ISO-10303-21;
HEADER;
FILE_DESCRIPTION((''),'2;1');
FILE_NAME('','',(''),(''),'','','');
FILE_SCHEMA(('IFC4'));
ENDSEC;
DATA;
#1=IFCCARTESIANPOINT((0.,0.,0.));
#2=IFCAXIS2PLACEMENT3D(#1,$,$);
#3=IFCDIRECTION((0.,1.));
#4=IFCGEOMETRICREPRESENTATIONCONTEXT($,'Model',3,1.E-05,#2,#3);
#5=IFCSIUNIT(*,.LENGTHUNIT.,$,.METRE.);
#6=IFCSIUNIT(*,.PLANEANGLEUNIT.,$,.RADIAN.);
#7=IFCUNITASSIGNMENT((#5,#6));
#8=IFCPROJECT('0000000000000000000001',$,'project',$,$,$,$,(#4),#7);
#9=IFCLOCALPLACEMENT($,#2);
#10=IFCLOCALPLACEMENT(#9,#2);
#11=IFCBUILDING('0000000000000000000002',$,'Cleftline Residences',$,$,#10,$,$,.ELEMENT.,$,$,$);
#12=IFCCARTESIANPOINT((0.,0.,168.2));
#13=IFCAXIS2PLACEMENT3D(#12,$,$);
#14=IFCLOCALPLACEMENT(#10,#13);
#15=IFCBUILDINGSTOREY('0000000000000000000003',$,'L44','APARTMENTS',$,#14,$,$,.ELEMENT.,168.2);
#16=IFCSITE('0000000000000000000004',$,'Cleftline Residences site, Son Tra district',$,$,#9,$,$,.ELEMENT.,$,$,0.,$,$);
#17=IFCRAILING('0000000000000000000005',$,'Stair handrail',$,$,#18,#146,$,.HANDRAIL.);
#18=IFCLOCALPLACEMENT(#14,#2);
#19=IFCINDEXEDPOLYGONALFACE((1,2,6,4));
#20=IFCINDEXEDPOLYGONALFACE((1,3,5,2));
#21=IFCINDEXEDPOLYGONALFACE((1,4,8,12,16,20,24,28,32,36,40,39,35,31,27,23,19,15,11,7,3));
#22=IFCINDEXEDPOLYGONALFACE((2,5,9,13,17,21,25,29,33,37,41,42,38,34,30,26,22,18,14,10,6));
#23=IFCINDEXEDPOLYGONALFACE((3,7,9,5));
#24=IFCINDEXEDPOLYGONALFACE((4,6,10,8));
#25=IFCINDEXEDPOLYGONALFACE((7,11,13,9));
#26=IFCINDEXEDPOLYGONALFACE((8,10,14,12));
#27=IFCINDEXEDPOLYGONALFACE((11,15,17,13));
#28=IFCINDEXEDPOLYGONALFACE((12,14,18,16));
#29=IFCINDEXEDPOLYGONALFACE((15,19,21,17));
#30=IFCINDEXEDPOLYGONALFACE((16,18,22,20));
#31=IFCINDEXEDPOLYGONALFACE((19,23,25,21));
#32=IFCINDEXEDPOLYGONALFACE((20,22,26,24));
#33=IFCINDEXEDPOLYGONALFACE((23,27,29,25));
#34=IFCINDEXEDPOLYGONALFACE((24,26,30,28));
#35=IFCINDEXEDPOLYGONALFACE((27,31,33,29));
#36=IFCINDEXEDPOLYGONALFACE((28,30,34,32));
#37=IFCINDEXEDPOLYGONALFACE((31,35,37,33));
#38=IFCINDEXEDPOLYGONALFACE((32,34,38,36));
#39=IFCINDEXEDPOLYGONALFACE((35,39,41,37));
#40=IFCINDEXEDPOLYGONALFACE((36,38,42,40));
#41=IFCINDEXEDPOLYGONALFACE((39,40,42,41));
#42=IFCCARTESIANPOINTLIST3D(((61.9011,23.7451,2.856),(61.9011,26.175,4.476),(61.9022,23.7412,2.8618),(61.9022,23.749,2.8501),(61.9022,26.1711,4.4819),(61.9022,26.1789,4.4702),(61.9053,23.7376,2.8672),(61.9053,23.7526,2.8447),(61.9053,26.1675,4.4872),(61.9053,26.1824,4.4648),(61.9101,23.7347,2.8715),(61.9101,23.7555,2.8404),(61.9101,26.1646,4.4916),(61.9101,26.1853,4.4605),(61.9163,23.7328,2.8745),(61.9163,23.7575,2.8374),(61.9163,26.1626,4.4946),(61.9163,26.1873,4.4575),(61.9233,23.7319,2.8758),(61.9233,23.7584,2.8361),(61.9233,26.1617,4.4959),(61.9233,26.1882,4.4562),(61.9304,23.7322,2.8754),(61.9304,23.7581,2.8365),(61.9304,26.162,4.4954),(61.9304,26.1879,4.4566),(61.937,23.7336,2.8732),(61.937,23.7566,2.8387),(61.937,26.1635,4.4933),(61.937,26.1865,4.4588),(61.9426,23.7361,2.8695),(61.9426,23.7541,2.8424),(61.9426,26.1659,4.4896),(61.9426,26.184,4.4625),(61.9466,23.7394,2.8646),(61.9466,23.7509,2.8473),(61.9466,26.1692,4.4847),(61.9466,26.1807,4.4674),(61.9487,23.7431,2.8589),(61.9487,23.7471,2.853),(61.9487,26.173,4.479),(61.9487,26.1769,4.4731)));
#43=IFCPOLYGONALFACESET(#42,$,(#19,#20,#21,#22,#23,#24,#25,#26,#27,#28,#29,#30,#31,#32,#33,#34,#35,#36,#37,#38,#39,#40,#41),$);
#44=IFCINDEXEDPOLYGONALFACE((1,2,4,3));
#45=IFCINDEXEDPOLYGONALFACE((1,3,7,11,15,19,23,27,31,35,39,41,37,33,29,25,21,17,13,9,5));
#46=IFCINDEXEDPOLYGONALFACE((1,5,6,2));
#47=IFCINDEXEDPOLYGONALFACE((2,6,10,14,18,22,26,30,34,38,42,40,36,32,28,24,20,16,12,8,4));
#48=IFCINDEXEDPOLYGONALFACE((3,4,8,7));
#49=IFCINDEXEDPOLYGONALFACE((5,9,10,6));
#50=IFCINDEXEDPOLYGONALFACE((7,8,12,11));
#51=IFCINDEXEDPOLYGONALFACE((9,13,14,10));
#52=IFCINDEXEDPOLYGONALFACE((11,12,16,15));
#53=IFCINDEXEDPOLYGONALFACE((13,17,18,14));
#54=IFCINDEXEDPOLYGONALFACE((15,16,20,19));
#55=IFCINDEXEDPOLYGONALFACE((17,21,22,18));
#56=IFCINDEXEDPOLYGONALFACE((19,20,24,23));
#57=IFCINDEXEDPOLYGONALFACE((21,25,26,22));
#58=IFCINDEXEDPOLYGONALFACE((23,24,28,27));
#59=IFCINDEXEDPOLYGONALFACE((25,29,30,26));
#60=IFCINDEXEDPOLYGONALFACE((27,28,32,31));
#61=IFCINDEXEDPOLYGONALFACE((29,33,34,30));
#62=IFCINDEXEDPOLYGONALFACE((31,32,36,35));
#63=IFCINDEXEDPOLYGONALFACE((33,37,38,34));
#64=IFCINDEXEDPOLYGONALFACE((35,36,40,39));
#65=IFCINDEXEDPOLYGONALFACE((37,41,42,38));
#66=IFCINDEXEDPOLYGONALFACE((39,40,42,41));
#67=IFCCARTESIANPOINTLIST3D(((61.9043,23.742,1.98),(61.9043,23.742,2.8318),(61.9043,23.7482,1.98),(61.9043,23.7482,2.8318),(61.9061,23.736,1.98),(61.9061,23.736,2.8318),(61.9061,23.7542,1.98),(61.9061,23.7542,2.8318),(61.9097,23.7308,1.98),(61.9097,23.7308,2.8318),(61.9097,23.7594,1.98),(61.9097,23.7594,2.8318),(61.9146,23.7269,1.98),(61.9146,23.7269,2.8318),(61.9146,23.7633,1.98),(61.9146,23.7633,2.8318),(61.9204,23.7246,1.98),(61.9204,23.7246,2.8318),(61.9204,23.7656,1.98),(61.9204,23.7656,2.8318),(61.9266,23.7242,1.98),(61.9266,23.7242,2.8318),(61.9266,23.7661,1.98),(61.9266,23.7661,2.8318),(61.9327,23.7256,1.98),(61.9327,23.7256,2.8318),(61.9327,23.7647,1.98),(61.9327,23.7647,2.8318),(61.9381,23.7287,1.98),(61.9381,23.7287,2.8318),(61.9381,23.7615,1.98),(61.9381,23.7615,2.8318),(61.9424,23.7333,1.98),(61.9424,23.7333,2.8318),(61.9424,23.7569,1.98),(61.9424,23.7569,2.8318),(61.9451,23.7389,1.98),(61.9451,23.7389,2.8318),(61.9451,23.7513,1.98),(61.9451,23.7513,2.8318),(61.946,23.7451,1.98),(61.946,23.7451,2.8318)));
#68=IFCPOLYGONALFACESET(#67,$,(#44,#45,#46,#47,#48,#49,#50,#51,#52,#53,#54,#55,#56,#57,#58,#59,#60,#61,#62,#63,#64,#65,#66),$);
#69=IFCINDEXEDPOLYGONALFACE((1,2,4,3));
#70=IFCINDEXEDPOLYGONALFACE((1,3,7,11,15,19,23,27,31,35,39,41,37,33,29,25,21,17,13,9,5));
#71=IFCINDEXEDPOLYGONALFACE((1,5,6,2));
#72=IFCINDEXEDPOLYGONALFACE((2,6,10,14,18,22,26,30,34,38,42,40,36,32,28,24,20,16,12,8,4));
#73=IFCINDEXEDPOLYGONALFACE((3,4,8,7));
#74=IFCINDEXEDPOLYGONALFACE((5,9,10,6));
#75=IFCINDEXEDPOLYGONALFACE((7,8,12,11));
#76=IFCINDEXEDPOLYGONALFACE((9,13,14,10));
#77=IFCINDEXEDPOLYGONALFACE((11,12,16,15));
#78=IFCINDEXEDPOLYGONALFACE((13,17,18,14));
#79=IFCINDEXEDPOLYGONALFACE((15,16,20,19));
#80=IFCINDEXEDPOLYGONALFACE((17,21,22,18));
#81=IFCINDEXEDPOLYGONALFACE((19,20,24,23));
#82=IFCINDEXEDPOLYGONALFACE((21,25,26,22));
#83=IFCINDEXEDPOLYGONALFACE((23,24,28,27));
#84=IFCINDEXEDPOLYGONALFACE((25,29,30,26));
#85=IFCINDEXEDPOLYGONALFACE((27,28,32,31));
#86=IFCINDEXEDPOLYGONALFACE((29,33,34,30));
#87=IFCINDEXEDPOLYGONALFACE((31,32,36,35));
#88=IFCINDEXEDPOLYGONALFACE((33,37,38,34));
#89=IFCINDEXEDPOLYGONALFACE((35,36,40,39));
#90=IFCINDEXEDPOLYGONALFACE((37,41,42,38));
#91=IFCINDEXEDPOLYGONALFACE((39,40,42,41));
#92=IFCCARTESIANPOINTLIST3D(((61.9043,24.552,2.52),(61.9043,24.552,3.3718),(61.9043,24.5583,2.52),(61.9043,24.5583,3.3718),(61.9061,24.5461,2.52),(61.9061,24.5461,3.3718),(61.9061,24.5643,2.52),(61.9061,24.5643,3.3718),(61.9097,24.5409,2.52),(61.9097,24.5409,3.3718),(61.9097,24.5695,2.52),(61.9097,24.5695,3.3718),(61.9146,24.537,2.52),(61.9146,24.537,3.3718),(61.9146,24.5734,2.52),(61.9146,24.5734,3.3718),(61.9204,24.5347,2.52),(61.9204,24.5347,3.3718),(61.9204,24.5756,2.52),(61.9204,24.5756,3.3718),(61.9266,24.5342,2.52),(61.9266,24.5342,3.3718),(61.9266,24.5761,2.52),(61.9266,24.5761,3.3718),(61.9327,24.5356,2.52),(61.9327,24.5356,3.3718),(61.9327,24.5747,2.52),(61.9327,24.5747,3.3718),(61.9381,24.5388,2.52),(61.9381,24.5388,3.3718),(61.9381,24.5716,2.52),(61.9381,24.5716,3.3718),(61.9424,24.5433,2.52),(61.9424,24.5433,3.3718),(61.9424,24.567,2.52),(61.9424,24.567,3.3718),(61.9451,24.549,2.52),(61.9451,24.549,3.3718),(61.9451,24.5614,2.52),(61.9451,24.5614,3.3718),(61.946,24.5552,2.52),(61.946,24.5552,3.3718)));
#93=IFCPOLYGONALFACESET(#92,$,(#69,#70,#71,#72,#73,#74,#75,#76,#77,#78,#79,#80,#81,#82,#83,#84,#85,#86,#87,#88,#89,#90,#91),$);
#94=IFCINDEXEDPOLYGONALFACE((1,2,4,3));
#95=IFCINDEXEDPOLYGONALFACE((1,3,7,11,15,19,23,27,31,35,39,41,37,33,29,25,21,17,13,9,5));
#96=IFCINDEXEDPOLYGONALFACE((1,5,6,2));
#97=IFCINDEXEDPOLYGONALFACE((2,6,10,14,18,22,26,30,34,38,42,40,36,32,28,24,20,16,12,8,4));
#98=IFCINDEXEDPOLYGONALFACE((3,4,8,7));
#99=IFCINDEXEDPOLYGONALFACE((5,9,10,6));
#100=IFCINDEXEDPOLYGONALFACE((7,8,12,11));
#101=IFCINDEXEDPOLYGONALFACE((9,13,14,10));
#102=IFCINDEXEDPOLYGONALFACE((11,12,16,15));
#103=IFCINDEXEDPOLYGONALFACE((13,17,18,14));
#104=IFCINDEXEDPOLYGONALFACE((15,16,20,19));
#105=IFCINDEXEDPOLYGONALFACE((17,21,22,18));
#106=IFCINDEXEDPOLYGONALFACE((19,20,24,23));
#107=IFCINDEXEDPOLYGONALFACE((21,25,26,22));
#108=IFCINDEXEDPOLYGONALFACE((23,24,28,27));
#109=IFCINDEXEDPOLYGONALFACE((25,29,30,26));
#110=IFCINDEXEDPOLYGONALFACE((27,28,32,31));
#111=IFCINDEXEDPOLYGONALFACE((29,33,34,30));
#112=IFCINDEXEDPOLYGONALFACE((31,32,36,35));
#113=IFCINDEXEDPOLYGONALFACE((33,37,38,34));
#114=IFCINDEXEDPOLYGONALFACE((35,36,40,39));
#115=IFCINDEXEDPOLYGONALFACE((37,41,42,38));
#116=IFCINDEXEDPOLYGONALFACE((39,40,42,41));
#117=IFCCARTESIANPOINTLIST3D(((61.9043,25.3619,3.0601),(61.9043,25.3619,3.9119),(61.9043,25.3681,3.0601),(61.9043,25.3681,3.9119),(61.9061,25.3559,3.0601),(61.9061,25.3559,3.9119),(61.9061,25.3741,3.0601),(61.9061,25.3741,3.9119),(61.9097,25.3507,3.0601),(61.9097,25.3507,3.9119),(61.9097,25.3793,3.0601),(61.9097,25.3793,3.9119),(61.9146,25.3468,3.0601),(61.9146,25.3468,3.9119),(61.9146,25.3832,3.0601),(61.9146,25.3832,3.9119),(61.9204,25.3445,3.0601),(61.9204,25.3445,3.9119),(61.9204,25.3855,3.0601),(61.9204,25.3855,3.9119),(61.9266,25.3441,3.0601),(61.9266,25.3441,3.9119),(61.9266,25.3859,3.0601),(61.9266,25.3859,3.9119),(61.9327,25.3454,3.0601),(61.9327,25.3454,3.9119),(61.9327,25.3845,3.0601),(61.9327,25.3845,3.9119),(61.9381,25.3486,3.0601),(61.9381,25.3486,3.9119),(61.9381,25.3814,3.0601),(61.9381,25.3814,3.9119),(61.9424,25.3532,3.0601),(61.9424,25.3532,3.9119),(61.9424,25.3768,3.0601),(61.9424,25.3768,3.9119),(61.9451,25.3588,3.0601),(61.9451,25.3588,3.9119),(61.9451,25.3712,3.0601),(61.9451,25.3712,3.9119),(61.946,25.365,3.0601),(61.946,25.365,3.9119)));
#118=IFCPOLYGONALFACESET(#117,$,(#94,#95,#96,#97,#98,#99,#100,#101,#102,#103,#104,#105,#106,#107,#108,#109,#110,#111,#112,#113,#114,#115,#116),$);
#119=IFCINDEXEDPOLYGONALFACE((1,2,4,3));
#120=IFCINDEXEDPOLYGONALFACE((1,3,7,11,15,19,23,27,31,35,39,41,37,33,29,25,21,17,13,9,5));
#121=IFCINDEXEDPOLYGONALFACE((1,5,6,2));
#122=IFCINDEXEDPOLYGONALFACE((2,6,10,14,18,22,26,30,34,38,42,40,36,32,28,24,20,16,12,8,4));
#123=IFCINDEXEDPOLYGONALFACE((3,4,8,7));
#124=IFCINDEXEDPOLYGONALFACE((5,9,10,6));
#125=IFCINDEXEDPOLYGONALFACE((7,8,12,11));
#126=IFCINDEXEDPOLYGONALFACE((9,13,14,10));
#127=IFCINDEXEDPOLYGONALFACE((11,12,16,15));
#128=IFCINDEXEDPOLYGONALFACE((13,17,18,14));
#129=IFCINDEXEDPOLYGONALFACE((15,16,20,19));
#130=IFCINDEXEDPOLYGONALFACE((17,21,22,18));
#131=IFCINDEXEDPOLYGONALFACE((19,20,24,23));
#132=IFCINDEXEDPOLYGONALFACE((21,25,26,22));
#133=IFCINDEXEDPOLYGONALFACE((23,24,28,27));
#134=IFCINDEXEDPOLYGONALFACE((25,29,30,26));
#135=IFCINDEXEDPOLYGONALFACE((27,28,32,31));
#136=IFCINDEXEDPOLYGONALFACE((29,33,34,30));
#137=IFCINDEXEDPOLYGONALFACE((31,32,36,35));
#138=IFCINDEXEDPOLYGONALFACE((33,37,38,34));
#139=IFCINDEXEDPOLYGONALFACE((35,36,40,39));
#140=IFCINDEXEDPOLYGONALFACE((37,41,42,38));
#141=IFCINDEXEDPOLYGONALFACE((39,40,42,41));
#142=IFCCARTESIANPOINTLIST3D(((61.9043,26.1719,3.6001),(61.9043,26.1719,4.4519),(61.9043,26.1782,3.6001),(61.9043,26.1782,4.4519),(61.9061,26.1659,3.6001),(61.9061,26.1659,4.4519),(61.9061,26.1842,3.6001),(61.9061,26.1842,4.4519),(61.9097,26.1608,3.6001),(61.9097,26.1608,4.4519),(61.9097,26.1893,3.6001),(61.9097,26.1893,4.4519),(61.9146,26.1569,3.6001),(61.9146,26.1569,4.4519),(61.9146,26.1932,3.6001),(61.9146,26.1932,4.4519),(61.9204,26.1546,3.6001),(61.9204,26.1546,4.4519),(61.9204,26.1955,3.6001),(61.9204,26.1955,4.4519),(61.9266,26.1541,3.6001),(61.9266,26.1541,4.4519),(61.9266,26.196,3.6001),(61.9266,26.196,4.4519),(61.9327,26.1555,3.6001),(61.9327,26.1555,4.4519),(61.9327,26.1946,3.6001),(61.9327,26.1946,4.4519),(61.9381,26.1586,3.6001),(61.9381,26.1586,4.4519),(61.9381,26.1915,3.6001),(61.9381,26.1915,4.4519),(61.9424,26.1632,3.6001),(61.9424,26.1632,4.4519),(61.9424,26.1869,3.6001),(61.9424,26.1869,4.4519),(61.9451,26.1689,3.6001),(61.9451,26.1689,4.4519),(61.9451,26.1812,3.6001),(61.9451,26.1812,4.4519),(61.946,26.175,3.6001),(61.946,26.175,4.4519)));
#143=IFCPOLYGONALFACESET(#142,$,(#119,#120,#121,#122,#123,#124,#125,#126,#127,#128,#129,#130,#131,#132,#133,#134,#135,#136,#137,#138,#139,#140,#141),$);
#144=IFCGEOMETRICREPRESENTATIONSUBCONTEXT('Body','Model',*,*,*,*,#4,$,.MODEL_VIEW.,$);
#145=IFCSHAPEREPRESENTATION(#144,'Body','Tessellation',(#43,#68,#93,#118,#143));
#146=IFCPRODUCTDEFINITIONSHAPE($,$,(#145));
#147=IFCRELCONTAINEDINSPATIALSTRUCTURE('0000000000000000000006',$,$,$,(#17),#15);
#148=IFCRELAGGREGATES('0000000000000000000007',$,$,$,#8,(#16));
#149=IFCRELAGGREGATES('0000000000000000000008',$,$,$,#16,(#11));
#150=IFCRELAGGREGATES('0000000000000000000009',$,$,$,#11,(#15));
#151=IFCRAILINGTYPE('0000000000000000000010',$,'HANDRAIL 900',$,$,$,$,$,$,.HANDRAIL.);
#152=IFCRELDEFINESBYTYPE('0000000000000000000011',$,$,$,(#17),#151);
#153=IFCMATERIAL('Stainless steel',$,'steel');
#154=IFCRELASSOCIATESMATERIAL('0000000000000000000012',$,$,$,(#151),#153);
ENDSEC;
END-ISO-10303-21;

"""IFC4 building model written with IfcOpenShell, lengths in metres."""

from ifc_helpers import new_model, si_unit, direction, frame, origin, origin_2d, place, context, subcontext, project, spatial, circle, extrude, material, type_object, element, save


model = new_model("IFC4")

# Units and contexts
model_context = context("Model", 3, precision=1e-05, world=origin(), true_north=direction((0.0, 1.0)))
body_context = subcontext(model_context, "Body", "Model", "MODEL_VIEW")
ifc_project = project(units=[si_unit("LENGTHUNIT", "METRE"), si_unit("PLANEANGLEUNIT", "RADIAN")], contexts=[model_context])

# Site, building, storey
site_placement = place(None, origin())
site = spatial("IfcSite", under=ifc_project, at=site_placement, Name="Cleftline Residences site, Son Tra district", CompositionType="ELEMENT", RefElevation=0.0)
building_placement = place(site_placement, origin())
building = spatial("IfcBuilding", under=site, at=building_placement, Name="Cleftline Residences", CompositionType="ELEMENT")
storey_placement = place(building_placement, frame((0.0, 0.0, 168.2)))
storey = spatial("IfcBuildingStorey", under=building, at=storey_placement, Name="L44", Description="APARTMENTS", CompositionType="ELEMENT", Elevation=168.2)

# Railing
ifc_material_1 = material(Name="Stainless steel", Category="steel")
railing_type = type_object("IfcRailingType", Name="HANDRAIL 900", PredefinedType="HANDRAIL", material=ifc_material_1)
railing_placement = place(storey_placement, frame((61.925, 23.7451, 1.98)))
element("IfcRailing", 1, at=railing_placement, inside=storey, type_object=railing_type, Name="Stair handrail", PredefinedType="HANDRAIL", context=body_context, shape_type="SweptSolid", body=[
    extrude(circle(Radius=0.0239, at=origin_2d()), frame((0.0, 0.0, 0.876), z_axis=(0.0, 0.832025, 0.554739), x_axis=(-1.0, 0.0, 0.0)), (0.0, 0.0, 1.0), 2.9204),
    extrude(circle(Radius=0.021, at=origin_2d()), origin(), (0.0, 0.0, 1.0), 0.8518),
    extrude(circle(Radius=0.021, at=origin_2d()), frame((0.0, 0.8101, 0.54)), (0.0, 0.0, 1.0), 0.8518),
    extrude(circle(Radius=0.021, at=origin_2d()), frame((0.0, 1.6199, 1.0801)), (0.0, 0.0, 1.0), 0.8518),
    extrude(circle(Radius=0.021, at=origin_2d()), frame((0.0, 2.4299, 1.6201)), (0.0, 0.0, 1.0), 0.8518),
])

save(model, "model.ifc")
